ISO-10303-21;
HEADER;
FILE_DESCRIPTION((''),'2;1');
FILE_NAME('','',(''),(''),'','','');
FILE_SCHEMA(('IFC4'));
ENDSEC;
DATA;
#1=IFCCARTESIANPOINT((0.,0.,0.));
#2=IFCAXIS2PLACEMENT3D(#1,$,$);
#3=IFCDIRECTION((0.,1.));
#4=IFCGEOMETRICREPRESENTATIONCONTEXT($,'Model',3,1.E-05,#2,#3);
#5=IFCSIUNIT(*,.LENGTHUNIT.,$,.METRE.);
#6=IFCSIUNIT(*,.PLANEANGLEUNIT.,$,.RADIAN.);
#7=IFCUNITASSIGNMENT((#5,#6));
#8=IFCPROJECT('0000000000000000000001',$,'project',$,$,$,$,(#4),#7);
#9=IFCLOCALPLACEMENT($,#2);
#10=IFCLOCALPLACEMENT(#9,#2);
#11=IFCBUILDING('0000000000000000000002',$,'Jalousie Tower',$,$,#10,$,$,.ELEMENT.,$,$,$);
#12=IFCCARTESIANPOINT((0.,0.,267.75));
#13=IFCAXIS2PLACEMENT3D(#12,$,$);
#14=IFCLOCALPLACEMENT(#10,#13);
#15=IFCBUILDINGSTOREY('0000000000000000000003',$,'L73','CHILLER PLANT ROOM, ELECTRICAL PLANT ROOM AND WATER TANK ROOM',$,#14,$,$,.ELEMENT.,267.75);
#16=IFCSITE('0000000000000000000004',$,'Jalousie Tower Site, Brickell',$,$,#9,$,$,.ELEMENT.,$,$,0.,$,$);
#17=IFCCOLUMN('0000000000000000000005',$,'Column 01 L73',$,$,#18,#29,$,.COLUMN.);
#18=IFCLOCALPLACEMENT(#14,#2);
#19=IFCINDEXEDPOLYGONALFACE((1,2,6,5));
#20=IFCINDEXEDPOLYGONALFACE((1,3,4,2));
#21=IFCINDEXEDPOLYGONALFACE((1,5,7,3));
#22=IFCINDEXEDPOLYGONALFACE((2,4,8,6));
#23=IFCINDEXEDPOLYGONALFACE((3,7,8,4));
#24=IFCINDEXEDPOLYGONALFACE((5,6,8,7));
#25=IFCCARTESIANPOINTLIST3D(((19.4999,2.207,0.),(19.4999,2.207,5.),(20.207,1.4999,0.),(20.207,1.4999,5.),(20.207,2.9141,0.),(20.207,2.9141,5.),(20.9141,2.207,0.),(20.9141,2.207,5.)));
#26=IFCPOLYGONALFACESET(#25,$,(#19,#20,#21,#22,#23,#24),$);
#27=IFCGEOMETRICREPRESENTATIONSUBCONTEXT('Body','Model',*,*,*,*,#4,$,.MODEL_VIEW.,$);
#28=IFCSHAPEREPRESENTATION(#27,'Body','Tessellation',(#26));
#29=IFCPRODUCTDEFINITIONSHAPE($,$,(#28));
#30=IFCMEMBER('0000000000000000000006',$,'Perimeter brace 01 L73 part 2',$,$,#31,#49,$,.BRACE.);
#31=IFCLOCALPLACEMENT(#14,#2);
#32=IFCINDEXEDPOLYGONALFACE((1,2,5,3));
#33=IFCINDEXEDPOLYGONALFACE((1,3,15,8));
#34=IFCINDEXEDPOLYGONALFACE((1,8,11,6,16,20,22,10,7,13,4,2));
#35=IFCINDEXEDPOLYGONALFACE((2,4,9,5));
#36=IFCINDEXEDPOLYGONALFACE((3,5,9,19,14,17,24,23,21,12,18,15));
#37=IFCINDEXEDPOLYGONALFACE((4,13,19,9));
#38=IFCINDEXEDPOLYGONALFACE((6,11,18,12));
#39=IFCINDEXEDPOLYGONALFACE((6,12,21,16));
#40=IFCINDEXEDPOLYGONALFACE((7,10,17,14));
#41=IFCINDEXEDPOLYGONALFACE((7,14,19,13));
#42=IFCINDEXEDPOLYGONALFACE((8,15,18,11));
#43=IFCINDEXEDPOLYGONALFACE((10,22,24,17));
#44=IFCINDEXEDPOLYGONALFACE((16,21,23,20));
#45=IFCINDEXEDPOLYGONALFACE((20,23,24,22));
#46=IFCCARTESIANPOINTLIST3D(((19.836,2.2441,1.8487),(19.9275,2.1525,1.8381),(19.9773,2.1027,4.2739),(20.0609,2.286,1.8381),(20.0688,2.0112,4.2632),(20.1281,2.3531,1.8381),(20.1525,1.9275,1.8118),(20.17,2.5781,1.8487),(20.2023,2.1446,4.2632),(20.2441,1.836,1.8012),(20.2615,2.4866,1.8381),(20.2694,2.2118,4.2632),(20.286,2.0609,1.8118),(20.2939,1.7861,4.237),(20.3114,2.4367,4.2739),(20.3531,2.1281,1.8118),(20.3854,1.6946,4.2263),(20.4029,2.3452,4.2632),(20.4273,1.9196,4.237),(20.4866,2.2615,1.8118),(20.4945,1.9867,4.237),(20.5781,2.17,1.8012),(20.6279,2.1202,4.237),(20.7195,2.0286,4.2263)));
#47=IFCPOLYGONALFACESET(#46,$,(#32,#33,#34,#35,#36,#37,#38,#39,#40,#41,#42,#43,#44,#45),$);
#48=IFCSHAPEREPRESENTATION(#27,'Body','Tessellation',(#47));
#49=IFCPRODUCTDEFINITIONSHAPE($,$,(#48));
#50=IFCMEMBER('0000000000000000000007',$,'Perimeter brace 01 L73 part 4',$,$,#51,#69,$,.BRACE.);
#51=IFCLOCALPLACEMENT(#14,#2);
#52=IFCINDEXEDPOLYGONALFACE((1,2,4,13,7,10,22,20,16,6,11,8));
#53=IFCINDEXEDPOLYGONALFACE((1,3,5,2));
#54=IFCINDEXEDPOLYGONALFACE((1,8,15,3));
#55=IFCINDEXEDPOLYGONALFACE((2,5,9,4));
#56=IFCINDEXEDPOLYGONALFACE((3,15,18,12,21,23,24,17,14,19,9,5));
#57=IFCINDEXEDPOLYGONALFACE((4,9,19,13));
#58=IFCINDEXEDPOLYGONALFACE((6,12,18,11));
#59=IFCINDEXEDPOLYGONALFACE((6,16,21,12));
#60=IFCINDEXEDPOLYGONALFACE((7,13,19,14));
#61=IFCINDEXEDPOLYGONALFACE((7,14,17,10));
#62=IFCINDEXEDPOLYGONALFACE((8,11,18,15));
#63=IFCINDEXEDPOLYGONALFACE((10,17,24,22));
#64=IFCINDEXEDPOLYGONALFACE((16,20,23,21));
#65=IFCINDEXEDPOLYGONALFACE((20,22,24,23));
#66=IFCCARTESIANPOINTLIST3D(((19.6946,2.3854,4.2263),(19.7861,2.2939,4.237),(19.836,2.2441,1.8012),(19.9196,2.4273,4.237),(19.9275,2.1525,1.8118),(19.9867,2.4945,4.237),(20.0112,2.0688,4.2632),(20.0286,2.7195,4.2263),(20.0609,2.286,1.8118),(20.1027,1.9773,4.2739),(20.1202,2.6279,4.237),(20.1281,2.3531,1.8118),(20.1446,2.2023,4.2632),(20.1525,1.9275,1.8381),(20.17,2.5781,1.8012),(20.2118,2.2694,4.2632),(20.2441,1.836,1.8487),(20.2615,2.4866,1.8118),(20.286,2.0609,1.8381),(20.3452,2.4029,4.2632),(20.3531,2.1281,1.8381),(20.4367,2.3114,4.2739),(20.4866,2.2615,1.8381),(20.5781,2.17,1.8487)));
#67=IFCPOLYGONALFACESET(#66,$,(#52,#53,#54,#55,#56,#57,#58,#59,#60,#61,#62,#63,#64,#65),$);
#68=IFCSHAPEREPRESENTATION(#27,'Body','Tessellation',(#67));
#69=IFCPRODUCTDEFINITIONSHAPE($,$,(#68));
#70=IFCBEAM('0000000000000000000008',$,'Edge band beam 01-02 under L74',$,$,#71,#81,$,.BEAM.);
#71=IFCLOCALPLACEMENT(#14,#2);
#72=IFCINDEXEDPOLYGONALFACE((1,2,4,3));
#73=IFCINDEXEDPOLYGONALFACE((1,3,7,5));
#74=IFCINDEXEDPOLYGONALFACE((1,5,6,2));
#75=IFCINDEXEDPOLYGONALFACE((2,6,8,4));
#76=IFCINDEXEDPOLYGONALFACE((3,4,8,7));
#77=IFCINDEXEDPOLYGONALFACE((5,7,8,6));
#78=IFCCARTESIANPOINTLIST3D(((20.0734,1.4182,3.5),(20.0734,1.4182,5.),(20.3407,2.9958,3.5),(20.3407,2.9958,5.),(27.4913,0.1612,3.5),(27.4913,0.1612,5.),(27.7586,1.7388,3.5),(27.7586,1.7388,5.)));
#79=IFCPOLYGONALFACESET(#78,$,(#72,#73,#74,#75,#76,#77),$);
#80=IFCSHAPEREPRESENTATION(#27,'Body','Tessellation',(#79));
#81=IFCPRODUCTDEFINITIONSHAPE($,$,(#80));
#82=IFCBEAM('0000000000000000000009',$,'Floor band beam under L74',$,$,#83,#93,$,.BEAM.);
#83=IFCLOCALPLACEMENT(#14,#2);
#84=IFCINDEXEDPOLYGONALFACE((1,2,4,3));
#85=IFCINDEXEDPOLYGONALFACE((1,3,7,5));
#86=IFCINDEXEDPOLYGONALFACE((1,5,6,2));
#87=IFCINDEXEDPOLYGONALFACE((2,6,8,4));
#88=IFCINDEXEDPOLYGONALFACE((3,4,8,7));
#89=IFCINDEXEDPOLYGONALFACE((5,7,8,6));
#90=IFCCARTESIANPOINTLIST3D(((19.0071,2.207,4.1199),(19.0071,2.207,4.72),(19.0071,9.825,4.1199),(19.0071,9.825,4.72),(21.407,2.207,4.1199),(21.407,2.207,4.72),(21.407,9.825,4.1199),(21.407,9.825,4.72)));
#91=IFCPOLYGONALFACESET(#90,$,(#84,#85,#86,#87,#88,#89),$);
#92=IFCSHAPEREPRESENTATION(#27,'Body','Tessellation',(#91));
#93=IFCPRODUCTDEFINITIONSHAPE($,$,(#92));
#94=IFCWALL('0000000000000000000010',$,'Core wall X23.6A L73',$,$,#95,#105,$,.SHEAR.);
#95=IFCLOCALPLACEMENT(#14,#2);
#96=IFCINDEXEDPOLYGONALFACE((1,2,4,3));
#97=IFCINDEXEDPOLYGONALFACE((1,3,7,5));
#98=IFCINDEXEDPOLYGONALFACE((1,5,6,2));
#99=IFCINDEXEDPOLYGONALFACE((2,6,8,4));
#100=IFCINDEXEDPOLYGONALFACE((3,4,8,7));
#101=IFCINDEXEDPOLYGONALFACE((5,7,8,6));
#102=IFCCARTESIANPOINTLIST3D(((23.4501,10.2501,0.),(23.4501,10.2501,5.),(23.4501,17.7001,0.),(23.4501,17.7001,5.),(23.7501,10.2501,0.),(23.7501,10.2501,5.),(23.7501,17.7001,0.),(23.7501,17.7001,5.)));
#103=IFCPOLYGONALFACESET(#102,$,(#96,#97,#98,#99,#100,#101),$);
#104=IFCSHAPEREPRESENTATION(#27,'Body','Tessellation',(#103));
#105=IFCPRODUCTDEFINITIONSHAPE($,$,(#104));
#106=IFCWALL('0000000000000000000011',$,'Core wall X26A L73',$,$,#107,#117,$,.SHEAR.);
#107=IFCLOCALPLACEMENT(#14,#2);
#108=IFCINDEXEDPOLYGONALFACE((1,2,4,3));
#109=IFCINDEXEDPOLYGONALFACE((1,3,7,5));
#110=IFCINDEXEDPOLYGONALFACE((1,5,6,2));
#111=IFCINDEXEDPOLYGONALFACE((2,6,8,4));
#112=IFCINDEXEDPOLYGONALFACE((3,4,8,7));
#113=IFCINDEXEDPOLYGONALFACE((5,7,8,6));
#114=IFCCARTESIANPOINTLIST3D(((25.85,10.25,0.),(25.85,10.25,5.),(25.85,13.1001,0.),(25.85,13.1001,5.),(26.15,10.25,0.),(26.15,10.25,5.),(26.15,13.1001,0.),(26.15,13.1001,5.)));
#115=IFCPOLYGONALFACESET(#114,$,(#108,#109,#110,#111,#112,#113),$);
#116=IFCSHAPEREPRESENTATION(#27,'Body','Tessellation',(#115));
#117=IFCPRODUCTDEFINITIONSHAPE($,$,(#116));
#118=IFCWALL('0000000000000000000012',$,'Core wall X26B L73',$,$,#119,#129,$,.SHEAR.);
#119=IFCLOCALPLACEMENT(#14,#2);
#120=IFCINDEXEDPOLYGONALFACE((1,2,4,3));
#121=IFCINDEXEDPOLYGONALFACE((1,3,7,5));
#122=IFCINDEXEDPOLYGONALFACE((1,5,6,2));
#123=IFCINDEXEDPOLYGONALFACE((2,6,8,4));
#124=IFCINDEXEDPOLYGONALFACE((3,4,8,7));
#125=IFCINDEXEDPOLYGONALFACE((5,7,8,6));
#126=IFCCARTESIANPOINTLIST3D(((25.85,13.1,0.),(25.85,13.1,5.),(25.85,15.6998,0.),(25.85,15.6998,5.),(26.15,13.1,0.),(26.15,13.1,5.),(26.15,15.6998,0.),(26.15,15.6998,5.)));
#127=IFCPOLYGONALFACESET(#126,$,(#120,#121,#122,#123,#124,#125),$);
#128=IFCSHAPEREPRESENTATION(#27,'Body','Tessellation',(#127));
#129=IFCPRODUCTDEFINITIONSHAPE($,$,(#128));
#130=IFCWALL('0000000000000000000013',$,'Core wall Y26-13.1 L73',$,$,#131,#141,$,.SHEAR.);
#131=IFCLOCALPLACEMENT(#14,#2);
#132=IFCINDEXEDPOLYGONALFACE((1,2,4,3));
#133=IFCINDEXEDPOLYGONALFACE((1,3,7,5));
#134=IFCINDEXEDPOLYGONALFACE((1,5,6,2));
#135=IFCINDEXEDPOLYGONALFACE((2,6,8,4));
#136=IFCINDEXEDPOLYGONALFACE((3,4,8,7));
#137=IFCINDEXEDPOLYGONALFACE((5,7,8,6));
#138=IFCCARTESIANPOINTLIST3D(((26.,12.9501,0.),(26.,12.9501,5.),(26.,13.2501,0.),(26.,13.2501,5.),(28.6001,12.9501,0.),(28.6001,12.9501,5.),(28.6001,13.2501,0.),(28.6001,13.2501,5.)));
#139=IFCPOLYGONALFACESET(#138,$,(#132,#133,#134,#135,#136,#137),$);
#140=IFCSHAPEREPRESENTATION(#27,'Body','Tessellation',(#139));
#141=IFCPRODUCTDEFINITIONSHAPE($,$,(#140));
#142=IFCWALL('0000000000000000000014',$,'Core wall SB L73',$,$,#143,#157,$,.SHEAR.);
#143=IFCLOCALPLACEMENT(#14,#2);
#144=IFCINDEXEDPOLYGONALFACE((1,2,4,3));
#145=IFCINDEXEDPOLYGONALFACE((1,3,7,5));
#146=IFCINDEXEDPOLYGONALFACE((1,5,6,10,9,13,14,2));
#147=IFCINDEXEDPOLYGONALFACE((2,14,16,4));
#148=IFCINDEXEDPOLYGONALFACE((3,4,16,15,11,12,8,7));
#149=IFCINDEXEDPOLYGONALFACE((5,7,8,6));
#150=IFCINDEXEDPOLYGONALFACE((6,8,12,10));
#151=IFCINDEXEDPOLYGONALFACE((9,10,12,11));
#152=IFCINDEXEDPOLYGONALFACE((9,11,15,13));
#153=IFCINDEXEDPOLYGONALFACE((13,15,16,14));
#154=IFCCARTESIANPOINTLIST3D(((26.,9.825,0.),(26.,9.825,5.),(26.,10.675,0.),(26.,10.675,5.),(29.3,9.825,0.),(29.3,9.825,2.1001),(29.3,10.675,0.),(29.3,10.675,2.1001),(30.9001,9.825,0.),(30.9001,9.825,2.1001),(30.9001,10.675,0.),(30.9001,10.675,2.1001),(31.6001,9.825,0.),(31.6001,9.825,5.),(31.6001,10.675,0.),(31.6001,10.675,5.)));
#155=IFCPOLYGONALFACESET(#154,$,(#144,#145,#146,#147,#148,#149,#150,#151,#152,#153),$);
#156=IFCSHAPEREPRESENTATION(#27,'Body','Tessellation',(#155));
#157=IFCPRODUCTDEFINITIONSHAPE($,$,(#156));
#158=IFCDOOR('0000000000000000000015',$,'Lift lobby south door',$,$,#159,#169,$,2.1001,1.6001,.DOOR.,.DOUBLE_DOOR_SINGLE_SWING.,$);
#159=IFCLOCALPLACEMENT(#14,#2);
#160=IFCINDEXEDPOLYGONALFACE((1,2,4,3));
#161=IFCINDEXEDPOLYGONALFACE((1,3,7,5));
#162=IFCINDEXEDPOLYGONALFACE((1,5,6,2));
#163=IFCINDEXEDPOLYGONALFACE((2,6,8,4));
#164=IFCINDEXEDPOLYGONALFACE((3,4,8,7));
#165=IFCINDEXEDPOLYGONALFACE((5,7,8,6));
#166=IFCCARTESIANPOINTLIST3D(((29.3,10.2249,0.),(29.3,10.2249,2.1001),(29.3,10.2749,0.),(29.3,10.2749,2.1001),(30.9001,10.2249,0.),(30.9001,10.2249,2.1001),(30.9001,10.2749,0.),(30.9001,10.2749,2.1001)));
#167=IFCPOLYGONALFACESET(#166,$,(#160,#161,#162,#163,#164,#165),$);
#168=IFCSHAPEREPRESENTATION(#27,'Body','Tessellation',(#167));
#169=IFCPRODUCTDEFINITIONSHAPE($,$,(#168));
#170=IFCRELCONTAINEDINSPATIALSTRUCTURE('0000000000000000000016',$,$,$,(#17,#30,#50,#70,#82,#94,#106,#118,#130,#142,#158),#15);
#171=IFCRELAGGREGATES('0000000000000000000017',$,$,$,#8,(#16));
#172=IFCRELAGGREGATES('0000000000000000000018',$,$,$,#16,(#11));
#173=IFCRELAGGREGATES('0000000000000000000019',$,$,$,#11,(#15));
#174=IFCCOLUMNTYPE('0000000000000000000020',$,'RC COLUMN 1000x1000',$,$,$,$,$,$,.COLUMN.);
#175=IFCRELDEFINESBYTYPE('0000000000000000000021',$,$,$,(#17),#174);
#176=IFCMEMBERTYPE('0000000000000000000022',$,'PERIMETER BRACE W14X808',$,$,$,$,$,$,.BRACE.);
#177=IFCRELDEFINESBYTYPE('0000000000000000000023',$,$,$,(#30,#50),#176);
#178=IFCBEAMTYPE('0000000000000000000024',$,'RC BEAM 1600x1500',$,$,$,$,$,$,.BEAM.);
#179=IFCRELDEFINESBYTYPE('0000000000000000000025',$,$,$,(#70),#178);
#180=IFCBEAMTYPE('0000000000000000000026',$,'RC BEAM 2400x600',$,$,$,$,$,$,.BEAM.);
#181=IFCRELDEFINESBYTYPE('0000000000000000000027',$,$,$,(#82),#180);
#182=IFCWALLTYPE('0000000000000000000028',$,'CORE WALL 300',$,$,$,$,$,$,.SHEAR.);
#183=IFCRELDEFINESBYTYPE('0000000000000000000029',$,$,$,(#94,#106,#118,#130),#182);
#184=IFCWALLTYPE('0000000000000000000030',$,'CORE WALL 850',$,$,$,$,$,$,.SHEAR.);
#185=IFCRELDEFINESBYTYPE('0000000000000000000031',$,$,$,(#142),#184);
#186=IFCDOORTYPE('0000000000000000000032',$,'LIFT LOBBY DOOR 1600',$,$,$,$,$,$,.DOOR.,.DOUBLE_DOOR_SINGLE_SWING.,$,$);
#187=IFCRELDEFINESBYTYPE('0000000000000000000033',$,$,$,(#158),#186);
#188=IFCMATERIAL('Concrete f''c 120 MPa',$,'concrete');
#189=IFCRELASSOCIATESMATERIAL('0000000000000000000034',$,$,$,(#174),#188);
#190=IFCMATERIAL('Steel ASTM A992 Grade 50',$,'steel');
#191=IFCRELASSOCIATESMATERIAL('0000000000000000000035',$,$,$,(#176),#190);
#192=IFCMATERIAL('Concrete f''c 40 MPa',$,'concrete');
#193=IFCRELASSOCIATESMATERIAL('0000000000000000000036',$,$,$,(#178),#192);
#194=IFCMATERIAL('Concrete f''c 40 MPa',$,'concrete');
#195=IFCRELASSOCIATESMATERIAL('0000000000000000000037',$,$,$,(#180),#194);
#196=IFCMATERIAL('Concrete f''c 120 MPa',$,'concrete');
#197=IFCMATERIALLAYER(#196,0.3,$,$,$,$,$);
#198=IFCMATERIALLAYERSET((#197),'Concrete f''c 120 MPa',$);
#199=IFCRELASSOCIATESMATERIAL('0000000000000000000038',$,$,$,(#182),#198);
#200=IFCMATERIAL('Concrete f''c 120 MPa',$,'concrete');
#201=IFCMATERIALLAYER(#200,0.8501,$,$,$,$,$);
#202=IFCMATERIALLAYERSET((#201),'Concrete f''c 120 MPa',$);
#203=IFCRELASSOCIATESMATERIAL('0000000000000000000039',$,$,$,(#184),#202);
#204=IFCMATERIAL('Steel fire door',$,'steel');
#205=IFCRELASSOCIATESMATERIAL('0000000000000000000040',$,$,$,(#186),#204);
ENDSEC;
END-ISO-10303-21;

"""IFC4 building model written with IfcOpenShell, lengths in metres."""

from ifc_helpers import new_model, si_unit, direction, frame, frame_2d, origin, origin_2d, place, context, subcontext, project, spatial, rectangle, i_section, extrude, material, layer, layer_set, material_profile, profile_set, type_object, element, fill, save


model = new_model("IFC4")

# Units and contexts
model_context = context("Model", 3, precision=1e-05, world=origin(), true_north=direction((0.0, 1.0)))
body_context = subcontext(model_context, "Body", "Model", "MODEL_VIEW")
ifc_project = project(units=[si_unit("LENGTHUNIT", "METRE"), si_unit("PLANEANGLEUNIT", "RADIAN")], contexts=[model_context])

# Site, building, storey
site_placement = place(None, origin())
site = spatial("IfcSite", under=ifc_project, at=site_placement, Name="Jalousie Tower Site, Brickell", CompositionType="ELEMENT", RefElevation=0.0)
building_placement = place(site_placement, origin())
building = spatial("IfcBuilding", under=site, at=building_placement, Name="Jalousie Tower", CompositionType="ELEMENT")
storey_placement = place(building_placement, frame((0.0, 0.0, 267.75)))
storey = spatial("IfcBuildingStorey", under=building, at=storey_placement, Name="L73", Description="CHILLER PLANT ROOM, ELECTRICAL PLANT ROOM AND WATER TANK ROOM", CompositionType="ELEMENT", Elevation=267.75)

# Column
ifc_material_1 = material(Name="Concrete f'c 120 MPa", Category="concrete")
ifc_material_profile_1 = material_profile(ifc_material_1, rectangle(XDim=1.0, YDim=1.0, at=origin_2d()), Name="RC 1000x1000")
ifc_profile_set_1 = profile_set([ifc_material_profile_1], Name="Concrete f'c 120 MPa")
column_type = type_object("IfcColumnType", Name="RC COLUMN 1000x1000", PredefinedType="COLUMN", material=ifc_profile_set_1)
column_placement = place(storey_placement, frame((20.207, 2.207, 0.0), z_axis=(0.0, 0.0, 1.0), x_axis=(0.707107, 0.707107, 0.0)))
element("IfcColumn", 1, at=column_placement, inside=storey, type_object=column_type, Name="Column 01 L73", PredefinedType="COLUMN", context=body_context, shape_type="SweptSolid", body=[
    extrude(rectangle(XDim=1.0, YDim=1.0, at=origin_2d()), origin(), (0.0, 0.0, 1.0), 5.0),
])

# Members
ifc_material_2 = material(Name="Steel ASTM A992 Grade 50", Category="steel")
ifc_material_profile_2 = material_profile(ifc_material_2, i_section(OverallWidth=0.4724, OverallDepth=0.5791, WebThickness=0.095, FlangeThickness=0.1299, at=origin_2d()), Name="W14X808")
ifc_profile_set_2 = profile_set([ifc_material_profile_2], Name="Steel ASTM A992 Grade 50")
member_type = type_object("IfcMemberType", Name="PERIMETER BRACE W14X808", PredefinedType="BRACE", material=ifc_profile_set_2)
for number, where, z_axis, x_axis, name in (
    (2, (20.207, 2.207, 1.825), (0.058093, -0.058093, 0.996619), (0.707107, 0.707107, 0.0), "Perimeter brace 01 L73 part 2"),
    (3, (20.207, 2.207, 1.825), (-0.058093, 0.058093, 0.996619), (-0.707107, -0.707107, 0.0), "Perimeter brace 01 L73 part 4"),
):
    element("IfcMember", number, at=place(storey_placement, frame(where, z_axis=z_axis, x_axis=x_axis)), inside=storey, type_object=member_type, Name=name, PredefinedType="BRACE", context=body_context, shape_type="SweptSolid", body=[
        extrude(i_section(OverallWidth=0.4724, OverallDepth=0.5791, WebThickness=0.095, FlangeThickness=0.1299, at=origin_2d()), origin(), (0.0, 0.0, 1.0), 2.4333),
    ])

# Beams
ifc_material_3 = material(Name="Concrete f'c 40 MPa", Category="concrete")
ifc_material_profile_3 = material_profile(ifc_material_3, rectangle(XDim=1.6001, YDim=1.5, at=origin_2d()), Name="RC 1600x1500")
ifc_profile_set_3 = profile_set([ifc_material_profile_3], Name="Concrete f'c 40 MPa")
beam_type_1 = type_object("IfcBeamType", Name="RC BEAM 1600x1500", PredefinedType="BEAM", material=ifc_profile_set_3)
beam_1_placement = place(storey_placement, frame((20.207, 2.207, 4.25), z_axis=(0.985943, -0.167082, 0.0), x_axis=(0.167082, 0.985943, 0.0)))
element("IfcBeam", 4, at=beam_1_placement, inside=storey, type_object=beam_type_1, Name="Edge band beam 01-02 under L74", PredefinedType="BEAM", context=body_context, shape_type="SweptSolid", body=[
    extrude(rectangle(XDim=1.6001, YDim=1.5, at=origin_2d()), origin(), (0.0, 0.0, 1.0), 7.5237),
])
ifc_material_4 = material(Name="Concrete f'c 40 MPa", Category="concrete")
ifc_material_profile_4 = material_profile(ifc_material_4, rectangle(XDim=2.3999, YDim=0.6001, at=origin_2d()), Name="RC 2400x600")
ifc_profile_set_4 = profile_set([ifc_material_profile_4], Name="Concrete f'c 40 MPa")
beam_type_2 = type_object("IfcBeamType", Name="RC BEAM 2400x600", PredefinedType="BEAM", material=ifc_profile_set_4)
beam_2_placement = place(storey_placement, frame((20.207, 2.207, 4.4199), z_axis=(0.0, 1.0, 0.0), x_axis=(-1.0, 0.0, 0.0)))
element("IfcBeam", 5, at=beam_2_placement, inside=storey, type_object=beam_type_2, Name="Floor band beam under L74", PredefinedType="BEAM", context=body_context, shape_type="SweptSolid", body=[
    extrude(rectangle(XDim=2.3999, YDim=0.6001, at=origin_2d()), origin(), (0.0, 0.0, 1.0), 7.6179),
])

# Walls
ifc_material_5 = material(Name="Concrete f'c 120 MPa", Category="concrete")
ifc_layer_1 = layer(ifc_material_5, 0.3)
ifc_layer_set_1 = layer_set([ifc_layer_1], Name="Concrete f'c 120 MPa")
wall_type_1 = type_object("IfcWallType", Name="CORE WALL 300", PredefinedType="SHEAR", material=ifc_layer_set_1)
wall_1_placement = place(storey_placement, frame((23.6001, 10.25, 0.0), z_axis=(0.0, 0.0, 1.0), x_axis=(0.0, 1.0, 0.0)))
element("IfcWall", 6, at=wall_1_placement, inside=storey, type_object=wall_type_1, Name="Core wall X23.6A L73", PredefinedType="SHEAR", context=body_context, shape_type="SweptSolid", body=[
    extrude(rectangle(XDim=7.45, YDim=0.3, at=frame_2d((3.7251, 0.0))), origin(), (0.0, 0.0, 1.0), 5.0),
])
wall_2_placement = place(storey_placement, frame((26.0, 10.25, 0.0), z_axis=(0.0, 0.0, 1.0), x_axis=(0.0, 1.0, 0.0)))
element("IfcWall", 7, at=wall_2_placement, inside=storey, type_object=wall_type_1, Name="Core wall X26A L73", PredefinedType="SHEAR", context=body_context, shape_type="SweptSolid", body=[
    extrude(rectangle(XDim=2.8501, YDim=0.3, at=frame_2d((1.425, 0.0))), origin(), (0.0, 0.0, 1.0), 5.0),
])
wall_3_placement = place(storey_placement, frame((26.0, 13.1001, 0.0), z_axis=(0.0, 0.0, 1.0), x_axis=(0.0, 1.0, 0.0)))
element("IfcWall", 8, at=wall_3_placement, inside=storey, type_object=wall_type_1, Name="Core wall X26B L73", PredefinedType="SHEAR", context=body_context, shape_type="SweptSolid", body=[
    extrude(rectangle(XDim=2.5999, YDim=0.3, at=frame_2d((1.2998, 0.0))), origin(), (0.0, 0.0, 1.0), 5.0),
])
wall_4_placement = place(storey_placement, frame((26.0, 13.1001, 0.0), z_axis=(0.0, 0.0, 1.0), x_axis=(1.0, 0.0, 0.0)))
element("IfcWall", 9, at=wall_4_placement, inside=storey, type_object=wall_type_1, Name="Core wall Y26-13.1 L73", PredefinedType="SHEAR", context=body_context, shape_type="SweptSolid", body=[
    extrude(rectangle(XDim=2.6001, YDim=0.3, at=frame_2d((1.3, 0.0))), origin(), (0.0, 0.0, 1.0), 5.0),
])

# Wall, opening, door
ifc_material_6 = material(Name="Concrete f'c 120 MPa", Category="concrete")
ifc_layer_2 = layer(ifc_material_6, 0.8501)
ifc_layer_set_2 = layer_set([ifc_layer_2], Name="Concrete f'c 120 MPa")
wall_type_2 = type_object("IfcWallType", Name="CORE WALL 850", PredefinedType="SHEAR", material=ifc_layer_set_2)
wall_5_placement = place(storey_placement, frame((26.0, 10.25, 0.0), z_axis=(0.0, 0.0, 1.0), x_axis=(1.0, 0.0, 0.0)))
wall_5 = element("IfcWall", 10, at=wall_5_placement, inside=storey, type_object=wall_type_2, Name="Core wall SB L73", PredefinedType="SHEAR", context=body_context, shape_type="SweptSolid", body=[
    extrude(rectangle(XDim=5.6001, YDim=0.8501, at=frame_2d((2.8, 0.0))), origin(), (0.0, 0.0, 1.0), 5.0),
])
opening_placement = place(wall_5_placement, frame((3.3, 0.0, 0.0)))
opening = element("IfcOpeningElement", 11, at=opening_placement, cuts=wall_5, PredefinedType="OPENING", context=body_context, shape_type="SweptSolid", body=[
    extrude(rectangle(XDim=1.6001, YDim=2.1001, at=frame_2d((0.8, 1.05))), frame((0.0, 0.4351, 0.0), z_axis=(0.0, -1.0, 0.0), x_axis=(1.0, 0.0, 0.0)), (0.0, 0.0, 1.0), 0.8701),
])
ifc_material_7 = material(Name="Steel fire door", Category="steel")
door_type = type_object("IfcDoorType", Name="LIFT LOBBY DOOR 1600", OperationType="DOUBLE_DOOR_SINGLE_SWING", PredefinedType="DOOR", material=ifc_material_7)
door_placement = place(opening_placement, origin())
door = element("IfcDoor", 12, at=door_placement, inside=storey, type_object=door_type, Name="Lift lobby south door", OperationType="DOUBLE_DOOR_SINGLE_SWING", OverallHeight=2.1001, OverallWidth=1.6001, PredefinedType="DOOR", context=body_context, shape_type="SweptSolid", body=[
    extrude(rectangle(XDim=1.6001, YDim=2.1001, at=frame_2d((0.8, 1.05))), frame((0.0, 0.0249, 0.0), z_axis=(0.0, -1.0, 0.0), x_axis=(1.0, 0.0, 0.0)), (0.0, 0.0, 1.0), 0.05),
])
fill(opening, door)

save(model, "model.ifc")
